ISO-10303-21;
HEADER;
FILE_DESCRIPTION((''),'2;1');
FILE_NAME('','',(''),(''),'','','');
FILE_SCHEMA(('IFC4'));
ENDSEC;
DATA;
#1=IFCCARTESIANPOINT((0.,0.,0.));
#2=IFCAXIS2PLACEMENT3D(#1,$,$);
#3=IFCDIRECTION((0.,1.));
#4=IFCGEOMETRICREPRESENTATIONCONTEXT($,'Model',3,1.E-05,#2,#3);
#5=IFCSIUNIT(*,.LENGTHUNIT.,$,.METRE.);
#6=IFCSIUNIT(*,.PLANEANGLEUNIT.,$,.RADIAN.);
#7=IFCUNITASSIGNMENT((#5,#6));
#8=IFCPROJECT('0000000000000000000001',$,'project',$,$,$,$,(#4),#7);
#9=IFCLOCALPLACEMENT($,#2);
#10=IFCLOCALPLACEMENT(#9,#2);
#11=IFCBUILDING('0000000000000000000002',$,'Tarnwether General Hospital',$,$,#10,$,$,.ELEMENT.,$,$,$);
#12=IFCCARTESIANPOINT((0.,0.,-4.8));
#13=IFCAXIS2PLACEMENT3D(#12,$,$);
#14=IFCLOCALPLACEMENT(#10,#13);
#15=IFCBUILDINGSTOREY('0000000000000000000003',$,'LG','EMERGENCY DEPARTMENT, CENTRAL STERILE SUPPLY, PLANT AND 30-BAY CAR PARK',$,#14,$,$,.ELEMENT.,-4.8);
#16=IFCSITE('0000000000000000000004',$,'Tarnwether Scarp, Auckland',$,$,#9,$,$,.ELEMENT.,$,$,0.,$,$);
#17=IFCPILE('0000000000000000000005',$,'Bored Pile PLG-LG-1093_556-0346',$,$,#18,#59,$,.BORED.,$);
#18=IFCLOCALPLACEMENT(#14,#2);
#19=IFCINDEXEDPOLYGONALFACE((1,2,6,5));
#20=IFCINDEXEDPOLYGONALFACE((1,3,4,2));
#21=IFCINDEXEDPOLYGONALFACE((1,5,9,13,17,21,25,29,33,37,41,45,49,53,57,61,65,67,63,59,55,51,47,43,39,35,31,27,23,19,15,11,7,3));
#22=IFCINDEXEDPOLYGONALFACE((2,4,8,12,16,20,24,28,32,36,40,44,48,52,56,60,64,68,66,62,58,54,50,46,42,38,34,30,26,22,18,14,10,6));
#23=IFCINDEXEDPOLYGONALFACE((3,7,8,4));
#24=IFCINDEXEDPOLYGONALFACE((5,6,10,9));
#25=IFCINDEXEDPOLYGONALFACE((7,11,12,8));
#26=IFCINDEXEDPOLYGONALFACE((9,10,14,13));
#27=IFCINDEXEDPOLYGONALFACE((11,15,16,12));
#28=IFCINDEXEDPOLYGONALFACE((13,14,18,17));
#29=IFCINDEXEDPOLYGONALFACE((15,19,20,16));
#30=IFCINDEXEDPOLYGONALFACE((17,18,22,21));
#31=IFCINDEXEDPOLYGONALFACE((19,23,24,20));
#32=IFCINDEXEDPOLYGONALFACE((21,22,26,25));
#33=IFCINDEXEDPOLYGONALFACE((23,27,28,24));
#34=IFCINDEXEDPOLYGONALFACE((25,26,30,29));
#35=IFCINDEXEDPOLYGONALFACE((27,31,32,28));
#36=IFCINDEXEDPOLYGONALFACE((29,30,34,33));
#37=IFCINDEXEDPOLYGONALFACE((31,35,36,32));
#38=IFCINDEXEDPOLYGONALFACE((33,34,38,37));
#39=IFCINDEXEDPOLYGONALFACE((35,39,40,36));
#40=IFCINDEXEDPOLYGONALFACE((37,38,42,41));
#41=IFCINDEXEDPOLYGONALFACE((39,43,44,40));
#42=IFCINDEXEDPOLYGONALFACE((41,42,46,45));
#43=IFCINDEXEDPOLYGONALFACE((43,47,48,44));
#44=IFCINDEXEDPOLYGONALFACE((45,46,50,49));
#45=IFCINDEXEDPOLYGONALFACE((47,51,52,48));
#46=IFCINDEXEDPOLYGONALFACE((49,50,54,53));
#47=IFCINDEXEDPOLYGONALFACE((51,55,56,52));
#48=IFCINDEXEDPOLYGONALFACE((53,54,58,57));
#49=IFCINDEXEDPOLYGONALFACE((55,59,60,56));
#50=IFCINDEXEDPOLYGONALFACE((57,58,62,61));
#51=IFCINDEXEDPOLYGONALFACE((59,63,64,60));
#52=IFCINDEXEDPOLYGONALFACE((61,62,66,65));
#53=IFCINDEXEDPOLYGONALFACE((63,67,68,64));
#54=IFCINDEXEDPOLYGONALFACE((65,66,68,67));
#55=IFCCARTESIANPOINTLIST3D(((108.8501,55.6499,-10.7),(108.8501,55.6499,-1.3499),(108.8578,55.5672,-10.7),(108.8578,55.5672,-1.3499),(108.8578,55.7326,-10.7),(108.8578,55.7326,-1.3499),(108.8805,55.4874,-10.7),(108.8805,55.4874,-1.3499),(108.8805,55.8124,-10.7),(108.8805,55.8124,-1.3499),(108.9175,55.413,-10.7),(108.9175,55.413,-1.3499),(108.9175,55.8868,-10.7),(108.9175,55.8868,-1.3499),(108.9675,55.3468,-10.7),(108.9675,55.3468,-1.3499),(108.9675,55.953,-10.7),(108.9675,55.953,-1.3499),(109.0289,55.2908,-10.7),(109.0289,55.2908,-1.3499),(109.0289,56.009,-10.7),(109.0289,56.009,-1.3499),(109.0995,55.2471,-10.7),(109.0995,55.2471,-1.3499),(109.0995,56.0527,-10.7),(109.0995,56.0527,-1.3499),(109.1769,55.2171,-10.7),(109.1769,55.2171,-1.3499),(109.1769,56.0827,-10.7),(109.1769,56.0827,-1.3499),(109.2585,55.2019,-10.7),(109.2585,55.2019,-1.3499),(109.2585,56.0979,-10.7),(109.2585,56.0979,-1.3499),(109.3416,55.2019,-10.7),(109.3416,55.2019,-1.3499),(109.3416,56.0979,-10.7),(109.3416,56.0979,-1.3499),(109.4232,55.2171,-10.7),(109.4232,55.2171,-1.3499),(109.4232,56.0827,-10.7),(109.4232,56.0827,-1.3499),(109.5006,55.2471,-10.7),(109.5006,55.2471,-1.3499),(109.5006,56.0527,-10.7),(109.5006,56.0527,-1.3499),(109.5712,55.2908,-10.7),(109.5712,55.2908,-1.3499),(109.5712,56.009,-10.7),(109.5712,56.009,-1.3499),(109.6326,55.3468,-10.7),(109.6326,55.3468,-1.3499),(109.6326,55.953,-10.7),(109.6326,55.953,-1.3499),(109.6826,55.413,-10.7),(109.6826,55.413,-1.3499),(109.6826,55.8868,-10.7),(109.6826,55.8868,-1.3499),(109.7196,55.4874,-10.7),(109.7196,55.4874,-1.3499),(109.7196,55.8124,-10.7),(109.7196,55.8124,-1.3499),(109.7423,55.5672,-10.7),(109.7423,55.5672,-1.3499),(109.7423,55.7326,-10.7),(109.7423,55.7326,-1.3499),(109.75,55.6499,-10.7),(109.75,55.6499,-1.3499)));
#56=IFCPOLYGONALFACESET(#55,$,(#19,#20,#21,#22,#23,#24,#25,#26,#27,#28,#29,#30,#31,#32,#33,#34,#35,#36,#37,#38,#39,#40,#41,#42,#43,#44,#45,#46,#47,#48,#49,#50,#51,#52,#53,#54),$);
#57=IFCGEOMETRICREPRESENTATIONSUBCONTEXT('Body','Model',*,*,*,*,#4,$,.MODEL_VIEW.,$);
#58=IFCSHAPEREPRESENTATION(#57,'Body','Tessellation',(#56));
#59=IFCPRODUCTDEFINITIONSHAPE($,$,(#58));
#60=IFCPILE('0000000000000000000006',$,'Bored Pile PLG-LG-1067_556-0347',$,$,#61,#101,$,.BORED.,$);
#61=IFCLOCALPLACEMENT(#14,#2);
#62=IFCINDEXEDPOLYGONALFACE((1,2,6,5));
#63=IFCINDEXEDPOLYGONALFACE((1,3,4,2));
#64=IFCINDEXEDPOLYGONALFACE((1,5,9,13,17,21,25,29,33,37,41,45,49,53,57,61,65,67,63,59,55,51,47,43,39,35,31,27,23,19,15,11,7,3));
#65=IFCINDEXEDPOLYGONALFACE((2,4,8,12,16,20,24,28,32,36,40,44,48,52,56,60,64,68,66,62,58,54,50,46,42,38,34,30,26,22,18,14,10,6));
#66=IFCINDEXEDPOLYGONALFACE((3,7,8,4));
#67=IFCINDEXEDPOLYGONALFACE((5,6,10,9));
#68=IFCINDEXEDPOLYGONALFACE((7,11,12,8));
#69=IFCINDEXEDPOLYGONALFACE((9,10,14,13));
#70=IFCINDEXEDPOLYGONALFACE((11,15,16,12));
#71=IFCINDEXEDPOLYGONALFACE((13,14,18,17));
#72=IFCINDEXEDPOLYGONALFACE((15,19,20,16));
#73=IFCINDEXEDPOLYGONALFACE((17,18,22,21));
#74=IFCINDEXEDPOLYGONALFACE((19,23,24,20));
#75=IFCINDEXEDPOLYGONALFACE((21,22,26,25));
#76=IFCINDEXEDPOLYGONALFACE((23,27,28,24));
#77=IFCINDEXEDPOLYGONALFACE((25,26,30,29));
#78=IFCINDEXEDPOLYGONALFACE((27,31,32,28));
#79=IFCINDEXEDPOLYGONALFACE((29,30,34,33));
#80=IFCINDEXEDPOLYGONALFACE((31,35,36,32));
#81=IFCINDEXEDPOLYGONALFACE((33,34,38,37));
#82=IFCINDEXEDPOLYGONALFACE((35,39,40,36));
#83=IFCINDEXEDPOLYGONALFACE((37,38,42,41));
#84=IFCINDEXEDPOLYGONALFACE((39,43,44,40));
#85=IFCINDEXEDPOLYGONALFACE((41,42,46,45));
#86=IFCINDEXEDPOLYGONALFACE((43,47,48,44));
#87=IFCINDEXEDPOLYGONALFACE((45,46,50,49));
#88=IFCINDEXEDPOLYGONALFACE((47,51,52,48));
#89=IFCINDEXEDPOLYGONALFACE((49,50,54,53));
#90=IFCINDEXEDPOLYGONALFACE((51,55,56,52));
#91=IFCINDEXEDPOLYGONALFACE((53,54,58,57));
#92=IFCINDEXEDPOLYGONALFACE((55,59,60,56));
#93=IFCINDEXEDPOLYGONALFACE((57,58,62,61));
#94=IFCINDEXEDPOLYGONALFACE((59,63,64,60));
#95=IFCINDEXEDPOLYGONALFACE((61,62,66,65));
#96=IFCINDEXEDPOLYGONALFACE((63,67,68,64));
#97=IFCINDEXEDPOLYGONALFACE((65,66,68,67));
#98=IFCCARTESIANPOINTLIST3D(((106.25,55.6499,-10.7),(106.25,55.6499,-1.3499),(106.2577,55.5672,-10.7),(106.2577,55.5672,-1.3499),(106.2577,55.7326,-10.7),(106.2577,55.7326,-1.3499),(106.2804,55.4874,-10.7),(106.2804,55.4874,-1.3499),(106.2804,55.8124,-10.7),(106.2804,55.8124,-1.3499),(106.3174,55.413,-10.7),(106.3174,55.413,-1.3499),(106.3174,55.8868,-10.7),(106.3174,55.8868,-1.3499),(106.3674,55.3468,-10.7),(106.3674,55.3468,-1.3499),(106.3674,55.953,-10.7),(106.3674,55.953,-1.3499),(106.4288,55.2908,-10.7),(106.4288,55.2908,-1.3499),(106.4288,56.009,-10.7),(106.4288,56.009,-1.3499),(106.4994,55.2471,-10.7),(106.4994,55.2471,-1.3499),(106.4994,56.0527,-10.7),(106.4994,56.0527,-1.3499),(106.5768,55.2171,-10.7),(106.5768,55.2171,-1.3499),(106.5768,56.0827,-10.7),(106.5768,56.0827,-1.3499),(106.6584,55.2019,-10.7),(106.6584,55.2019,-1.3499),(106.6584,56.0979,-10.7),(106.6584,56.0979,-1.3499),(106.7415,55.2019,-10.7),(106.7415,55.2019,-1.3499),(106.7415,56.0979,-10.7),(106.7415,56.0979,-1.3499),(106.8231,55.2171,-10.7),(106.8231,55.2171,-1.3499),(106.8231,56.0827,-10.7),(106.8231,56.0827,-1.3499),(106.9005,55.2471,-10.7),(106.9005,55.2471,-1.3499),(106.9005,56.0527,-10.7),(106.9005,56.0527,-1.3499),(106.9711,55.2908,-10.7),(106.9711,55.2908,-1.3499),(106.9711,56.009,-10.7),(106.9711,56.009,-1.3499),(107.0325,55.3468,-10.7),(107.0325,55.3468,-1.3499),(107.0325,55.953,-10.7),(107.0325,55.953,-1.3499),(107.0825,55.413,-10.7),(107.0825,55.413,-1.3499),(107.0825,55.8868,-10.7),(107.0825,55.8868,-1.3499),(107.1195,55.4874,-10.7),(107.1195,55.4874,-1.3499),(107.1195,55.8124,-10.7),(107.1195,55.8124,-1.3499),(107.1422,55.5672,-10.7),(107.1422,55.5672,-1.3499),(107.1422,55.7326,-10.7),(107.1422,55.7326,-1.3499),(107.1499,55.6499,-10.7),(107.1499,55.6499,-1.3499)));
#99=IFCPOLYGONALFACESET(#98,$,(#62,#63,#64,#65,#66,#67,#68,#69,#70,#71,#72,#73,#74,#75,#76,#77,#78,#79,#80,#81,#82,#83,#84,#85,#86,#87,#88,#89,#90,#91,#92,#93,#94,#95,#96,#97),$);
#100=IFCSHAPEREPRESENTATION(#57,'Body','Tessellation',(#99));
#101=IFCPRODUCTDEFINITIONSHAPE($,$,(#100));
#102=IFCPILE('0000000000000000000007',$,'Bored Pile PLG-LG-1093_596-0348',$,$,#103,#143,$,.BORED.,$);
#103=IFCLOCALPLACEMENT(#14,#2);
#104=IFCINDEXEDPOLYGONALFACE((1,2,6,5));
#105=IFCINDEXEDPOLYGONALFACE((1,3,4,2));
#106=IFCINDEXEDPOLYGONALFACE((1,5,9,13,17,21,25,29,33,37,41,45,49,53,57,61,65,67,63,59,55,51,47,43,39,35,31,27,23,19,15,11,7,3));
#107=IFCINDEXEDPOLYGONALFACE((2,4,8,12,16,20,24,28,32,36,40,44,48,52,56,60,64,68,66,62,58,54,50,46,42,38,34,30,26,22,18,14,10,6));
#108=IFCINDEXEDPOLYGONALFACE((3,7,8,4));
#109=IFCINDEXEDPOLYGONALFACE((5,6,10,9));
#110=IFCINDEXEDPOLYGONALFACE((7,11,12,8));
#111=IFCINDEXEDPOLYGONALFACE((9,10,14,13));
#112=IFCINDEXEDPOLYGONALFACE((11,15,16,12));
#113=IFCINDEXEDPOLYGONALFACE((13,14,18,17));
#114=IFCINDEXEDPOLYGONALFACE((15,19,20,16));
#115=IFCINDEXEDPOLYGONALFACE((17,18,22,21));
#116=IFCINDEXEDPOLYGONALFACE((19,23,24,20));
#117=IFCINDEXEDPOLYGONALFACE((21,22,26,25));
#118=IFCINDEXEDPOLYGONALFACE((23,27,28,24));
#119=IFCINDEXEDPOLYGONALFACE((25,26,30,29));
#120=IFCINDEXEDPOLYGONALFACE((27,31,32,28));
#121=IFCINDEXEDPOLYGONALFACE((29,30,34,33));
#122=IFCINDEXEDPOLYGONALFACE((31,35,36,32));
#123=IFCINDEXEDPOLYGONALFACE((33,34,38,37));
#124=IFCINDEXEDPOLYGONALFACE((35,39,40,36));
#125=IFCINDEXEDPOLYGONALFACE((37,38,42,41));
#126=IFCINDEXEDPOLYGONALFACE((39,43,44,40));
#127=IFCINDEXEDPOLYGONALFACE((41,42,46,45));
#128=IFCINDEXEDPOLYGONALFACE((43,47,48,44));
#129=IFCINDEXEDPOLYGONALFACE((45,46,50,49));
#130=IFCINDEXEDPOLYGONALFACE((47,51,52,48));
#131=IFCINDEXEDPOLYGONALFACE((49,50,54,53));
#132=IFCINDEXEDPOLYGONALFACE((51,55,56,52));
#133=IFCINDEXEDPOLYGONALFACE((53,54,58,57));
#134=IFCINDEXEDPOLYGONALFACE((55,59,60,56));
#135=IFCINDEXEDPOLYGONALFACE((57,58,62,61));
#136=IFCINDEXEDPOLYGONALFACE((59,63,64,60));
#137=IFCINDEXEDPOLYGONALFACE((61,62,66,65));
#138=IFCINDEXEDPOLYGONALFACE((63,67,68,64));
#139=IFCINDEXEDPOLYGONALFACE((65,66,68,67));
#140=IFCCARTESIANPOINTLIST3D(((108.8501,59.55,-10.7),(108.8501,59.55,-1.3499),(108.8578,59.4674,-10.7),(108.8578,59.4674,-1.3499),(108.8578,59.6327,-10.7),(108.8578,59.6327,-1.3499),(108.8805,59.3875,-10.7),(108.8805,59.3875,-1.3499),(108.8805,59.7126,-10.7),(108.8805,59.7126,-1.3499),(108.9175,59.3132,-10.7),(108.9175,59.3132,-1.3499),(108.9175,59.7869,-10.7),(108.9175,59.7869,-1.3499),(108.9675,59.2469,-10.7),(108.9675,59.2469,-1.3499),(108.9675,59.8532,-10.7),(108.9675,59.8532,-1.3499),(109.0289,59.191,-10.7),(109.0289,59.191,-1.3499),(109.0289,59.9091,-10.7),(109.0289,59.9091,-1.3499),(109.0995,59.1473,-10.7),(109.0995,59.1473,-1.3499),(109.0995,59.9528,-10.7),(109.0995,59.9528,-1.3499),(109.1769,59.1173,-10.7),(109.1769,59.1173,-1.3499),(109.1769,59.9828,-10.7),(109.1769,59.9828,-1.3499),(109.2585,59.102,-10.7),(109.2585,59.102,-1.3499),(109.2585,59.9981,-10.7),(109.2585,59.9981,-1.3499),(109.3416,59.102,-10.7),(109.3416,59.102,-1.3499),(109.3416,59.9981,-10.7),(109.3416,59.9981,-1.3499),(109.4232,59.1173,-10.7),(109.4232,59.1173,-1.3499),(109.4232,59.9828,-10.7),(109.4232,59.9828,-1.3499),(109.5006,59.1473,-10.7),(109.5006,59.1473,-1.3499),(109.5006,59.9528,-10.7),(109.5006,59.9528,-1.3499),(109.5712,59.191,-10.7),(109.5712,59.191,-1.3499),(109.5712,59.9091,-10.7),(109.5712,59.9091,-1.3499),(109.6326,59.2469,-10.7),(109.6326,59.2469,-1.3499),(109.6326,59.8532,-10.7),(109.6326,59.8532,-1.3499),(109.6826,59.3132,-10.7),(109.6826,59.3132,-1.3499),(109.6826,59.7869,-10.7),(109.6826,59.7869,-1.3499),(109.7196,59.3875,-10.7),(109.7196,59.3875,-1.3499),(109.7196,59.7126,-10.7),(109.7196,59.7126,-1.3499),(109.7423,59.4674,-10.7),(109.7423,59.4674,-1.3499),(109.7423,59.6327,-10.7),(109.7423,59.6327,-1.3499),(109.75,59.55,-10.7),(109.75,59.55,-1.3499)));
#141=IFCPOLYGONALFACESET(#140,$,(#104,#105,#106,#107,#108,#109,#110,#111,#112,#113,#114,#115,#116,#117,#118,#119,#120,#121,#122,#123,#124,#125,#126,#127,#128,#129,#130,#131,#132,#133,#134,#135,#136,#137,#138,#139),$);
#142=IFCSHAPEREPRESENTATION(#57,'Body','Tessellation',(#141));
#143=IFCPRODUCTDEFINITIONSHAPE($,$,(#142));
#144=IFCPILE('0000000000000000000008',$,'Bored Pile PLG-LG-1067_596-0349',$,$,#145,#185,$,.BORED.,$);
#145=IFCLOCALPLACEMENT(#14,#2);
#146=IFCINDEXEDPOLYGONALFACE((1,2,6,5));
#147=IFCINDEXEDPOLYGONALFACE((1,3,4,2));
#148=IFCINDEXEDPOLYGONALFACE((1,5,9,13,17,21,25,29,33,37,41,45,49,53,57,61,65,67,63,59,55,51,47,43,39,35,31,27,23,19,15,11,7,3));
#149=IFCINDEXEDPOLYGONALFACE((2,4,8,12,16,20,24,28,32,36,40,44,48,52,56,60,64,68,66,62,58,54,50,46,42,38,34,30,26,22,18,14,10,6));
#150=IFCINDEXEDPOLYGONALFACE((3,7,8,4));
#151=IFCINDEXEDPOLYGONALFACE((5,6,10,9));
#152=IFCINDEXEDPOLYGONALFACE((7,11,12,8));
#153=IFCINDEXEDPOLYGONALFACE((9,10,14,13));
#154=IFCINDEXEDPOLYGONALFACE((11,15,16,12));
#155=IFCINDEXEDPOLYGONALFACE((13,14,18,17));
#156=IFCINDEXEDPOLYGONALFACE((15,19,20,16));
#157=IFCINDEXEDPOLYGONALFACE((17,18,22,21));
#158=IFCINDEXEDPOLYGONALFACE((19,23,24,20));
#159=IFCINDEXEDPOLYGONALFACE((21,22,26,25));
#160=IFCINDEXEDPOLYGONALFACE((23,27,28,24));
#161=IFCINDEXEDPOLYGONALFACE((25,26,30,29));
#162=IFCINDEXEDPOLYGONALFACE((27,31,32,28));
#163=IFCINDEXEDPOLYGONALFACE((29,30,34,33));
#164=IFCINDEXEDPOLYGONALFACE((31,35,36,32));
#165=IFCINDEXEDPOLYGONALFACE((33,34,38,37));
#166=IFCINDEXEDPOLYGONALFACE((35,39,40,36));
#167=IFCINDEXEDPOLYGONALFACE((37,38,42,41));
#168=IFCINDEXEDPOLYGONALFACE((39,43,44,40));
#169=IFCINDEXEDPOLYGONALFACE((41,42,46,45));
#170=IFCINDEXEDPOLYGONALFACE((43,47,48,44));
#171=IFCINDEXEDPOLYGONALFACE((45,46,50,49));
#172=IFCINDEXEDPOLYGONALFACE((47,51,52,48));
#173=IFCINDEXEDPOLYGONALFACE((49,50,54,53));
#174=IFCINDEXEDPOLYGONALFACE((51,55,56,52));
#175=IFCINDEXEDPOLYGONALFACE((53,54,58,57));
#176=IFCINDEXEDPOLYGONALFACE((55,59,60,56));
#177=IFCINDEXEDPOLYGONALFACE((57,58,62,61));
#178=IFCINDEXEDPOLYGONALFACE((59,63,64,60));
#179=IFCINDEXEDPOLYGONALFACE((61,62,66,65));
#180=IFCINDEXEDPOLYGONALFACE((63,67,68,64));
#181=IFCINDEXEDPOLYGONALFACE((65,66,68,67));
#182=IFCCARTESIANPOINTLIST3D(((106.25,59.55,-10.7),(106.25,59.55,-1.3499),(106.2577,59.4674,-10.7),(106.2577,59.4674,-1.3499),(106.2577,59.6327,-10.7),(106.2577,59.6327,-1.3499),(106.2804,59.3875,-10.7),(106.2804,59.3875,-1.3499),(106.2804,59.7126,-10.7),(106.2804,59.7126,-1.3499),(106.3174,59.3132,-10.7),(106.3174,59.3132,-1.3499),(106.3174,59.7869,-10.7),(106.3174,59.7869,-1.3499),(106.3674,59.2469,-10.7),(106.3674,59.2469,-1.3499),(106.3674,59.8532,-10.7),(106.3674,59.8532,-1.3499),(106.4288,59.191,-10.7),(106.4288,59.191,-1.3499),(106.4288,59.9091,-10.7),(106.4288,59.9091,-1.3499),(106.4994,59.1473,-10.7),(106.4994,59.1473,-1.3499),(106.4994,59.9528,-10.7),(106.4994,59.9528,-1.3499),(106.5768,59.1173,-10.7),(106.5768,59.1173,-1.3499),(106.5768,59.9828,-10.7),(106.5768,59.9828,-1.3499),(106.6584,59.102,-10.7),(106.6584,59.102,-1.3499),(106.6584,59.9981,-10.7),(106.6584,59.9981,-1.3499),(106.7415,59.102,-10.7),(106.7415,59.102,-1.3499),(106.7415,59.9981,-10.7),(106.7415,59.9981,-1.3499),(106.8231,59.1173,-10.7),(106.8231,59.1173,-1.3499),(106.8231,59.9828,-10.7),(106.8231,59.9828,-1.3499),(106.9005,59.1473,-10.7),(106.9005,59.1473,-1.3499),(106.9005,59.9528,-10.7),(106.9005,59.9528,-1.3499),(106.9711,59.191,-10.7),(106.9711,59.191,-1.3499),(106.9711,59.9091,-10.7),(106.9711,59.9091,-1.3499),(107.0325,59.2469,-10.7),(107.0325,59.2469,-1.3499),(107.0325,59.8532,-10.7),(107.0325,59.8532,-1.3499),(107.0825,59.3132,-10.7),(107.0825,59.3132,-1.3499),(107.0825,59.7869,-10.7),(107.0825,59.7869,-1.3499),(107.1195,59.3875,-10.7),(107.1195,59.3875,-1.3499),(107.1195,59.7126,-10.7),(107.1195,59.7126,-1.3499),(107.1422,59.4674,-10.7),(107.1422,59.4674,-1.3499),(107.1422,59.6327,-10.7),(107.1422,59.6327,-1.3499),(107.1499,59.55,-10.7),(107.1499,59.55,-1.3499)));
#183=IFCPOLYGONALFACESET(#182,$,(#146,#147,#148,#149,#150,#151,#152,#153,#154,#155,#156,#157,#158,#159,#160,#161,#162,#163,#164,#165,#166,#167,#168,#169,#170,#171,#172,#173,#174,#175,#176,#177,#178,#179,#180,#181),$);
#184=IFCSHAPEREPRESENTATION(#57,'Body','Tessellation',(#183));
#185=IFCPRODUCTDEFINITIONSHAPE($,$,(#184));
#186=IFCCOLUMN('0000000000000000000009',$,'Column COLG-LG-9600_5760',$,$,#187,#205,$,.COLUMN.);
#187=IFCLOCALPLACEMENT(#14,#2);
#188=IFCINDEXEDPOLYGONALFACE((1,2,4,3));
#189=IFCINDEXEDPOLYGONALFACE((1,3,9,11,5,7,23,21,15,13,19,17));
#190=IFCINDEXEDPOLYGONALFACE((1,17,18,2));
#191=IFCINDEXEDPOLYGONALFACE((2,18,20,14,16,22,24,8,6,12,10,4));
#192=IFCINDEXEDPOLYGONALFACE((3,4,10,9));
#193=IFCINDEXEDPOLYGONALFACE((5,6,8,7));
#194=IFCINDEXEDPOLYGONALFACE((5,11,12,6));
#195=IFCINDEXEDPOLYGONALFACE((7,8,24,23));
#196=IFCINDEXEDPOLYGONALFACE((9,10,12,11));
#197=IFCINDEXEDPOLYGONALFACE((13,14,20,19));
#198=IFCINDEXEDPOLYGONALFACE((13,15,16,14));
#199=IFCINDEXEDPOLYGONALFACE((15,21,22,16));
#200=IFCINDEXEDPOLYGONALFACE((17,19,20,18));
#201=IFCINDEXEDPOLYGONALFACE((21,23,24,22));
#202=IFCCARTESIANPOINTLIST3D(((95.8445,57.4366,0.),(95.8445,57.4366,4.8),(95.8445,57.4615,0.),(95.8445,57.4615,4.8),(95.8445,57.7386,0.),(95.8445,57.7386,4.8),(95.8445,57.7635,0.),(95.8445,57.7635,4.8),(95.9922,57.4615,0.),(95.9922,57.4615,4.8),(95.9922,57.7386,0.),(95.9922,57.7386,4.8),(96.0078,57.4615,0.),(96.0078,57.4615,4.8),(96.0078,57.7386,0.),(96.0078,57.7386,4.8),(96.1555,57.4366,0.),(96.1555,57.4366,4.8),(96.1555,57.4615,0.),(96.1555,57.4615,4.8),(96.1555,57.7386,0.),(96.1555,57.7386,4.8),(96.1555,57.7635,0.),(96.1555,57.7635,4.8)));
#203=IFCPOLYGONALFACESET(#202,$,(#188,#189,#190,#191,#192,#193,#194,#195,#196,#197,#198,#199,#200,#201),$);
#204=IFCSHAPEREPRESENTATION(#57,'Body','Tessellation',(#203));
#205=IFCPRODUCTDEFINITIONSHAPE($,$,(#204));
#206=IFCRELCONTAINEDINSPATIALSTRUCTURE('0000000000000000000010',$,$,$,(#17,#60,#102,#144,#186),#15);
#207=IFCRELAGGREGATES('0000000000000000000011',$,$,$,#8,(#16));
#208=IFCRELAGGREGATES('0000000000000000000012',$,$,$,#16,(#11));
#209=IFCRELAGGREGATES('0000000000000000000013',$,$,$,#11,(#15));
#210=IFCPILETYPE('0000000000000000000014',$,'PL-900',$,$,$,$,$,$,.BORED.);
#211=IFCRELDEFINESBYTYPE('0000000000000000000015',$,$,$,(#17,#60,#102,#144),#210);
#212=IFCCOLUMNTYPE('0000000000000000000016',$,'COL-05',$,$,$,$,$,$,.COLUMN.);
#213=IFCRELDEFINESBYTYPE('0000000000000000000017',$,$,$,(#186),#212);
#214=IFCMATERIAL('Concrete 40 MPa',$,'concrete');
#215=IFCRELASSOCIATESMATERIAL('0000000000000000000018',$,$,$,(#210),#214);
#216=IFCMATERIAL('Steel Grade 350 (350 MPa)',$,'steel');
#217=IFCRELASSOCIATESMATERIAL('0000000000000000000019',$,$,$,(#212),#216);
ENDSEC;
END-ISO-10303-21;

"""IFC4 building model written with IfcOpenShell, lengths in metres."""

from ifc_helpers import new_model, si_unit, direction, frame, origin, origin_2d, place, context, subcontext, project, spatial, circle, i_section, extrude, material, material_profile, profile_set, type_object, element, save


model = new_model("IFC4")

# Units and contexts
model_context = context("Model", 3, precision=1e-05, world=origin(), true_north=direction((0.0, 1.0)))
body_context = subcontext(model_context, "Body", "Model", "MODEL_VIEW")
ifc_project = project(units=[si_unit("LENGTHUNIT", "METRE"), si_unit("PLANEANGLEUNIT", "RADIAN")], contexts=[model_context])

# Site, building, storey
site_placement = place(None, origin())
site = spatial("IfcSite", under=ifc_project, at=site_placement, Name="Tarnwether Scarp, Auckland", CompositionType="ELEMENT", RefElevation=0.0)
building_placement = place(site_placement, origin())
building = spatial("IfcBuilding", under=site, at=building_placement, Name="Tarnwether General Hospital", CompositionType="ELEMENT")
storey_placement = place(building_placement, frame((0.0, 0.0, -4.8)))
storey = spatial("IfcBuildingStorey", under=building, at=storey_placement, Name="LG", Description="EMERGENCY DEPARTMENT, CENTRAL STERILE SUPPLY, PLANT AND 30-BAY CAR PARK", CompositionType="ELEMENT", Elevation=-4.8)

# Piles
ifc_material_1 = material(Name="Concrete 40 MPa", Category="concrete")
ifc_material_profile_1 = material_profile(ifc_material_1, circle(Radius=0.45, at=origin_2d()), Name="PILE-D900")
ifc_profile_set_1 = profile_set([ifc_material_profile_1], Name="Concrete 40 MPa")
pile_type_1 = type_object("IfcPileType", Name="PL-900", PredefinedType="BORED", material=ifc_profile_set_1)
for number, where, z_axis, x_axis, name in (
    (1, (109.3, 55.6499, -1.3499), (0.0, 0.0, -1.0), (1.0, 0.0, 0.0), "Bored Pile PLG-LG-1093_556-0346"),
    (2, (106.7, 55.6499, -1.3499), (0.0, 0.0, -1.0), (1.0, 0.0, 0.0), "Bored Pile PLG-LG-1067_556-0347"),
    (3, (109.3, 59.55, -1.3499), (0.0, 0.0, -1.0), (1.0, 0.0, 0.0), "Bored Pile PLG-LG-1093_596-0348"),
    (4, (106.7, 59.55, -1.3499), (0.0, 0.0, -1.0), (1.0, 0.0, 0.0), "Bored Pile PLG-LG-1067_596-0349"),
):
    element("IfcPile", number, at=place(storey_placement, frame(where, z_axis=z_axis, x_axis=x_axis)), inside=storey, type_object=pile_type_1, Name=name, PredefinedType="BORED", context=body_context, shape_type="SweptSolid", body=[
        extrude(circle(Radius=0.45, at=origin_2d()), origin(), (0.0, 0.0, 1.0), 9.3501),
    ])

# Column
ifc_material_2 = material(Name="Steel Grade 350 (350 MPa)", Category="steel")
ifc_material_profile_2 = material_profile(ifc_material_2, i_section(OverallWidth=0.311, OverallDepth=0.3269, WebThickness=0.0156, FlangeThickness=0.0249, at=origin_2d()), Name="310UC158")
ifc_profile_set_2 = profile_set([ifc_material_profile_2], Name="Steel Grade 350 (350 MPa)")
column_type_1 = type_object("IfcColumnType", Name="COL-05", PredefinedType="COLUMN", material=ifc_profile_set_2)
column_1_placement = place(storey_placement, frame((96.0, 57.6001, 0.0), z_axis=(0.0, 0.0, 1.0), x_axis=(1.0, 0.0, 0.0)))
element("IfcColumn", 5, at=column_1_placement, inside=storey, type_object=column_type_1, Name="Column COLG-LG-9600_5760", PredefinedType="COLUMN", context=body_context, shape_type="SweptSolid", body=[
    extrude(i_section(OverallWidth=0.311, OverallDepth=0.3269, WebThickness=0.0156, FlangeThickness=0.0249, at=origin_2d()), origin(), (0.0, 0.0, 1.0), 4.8),
])

save(model, "model.ifc")
